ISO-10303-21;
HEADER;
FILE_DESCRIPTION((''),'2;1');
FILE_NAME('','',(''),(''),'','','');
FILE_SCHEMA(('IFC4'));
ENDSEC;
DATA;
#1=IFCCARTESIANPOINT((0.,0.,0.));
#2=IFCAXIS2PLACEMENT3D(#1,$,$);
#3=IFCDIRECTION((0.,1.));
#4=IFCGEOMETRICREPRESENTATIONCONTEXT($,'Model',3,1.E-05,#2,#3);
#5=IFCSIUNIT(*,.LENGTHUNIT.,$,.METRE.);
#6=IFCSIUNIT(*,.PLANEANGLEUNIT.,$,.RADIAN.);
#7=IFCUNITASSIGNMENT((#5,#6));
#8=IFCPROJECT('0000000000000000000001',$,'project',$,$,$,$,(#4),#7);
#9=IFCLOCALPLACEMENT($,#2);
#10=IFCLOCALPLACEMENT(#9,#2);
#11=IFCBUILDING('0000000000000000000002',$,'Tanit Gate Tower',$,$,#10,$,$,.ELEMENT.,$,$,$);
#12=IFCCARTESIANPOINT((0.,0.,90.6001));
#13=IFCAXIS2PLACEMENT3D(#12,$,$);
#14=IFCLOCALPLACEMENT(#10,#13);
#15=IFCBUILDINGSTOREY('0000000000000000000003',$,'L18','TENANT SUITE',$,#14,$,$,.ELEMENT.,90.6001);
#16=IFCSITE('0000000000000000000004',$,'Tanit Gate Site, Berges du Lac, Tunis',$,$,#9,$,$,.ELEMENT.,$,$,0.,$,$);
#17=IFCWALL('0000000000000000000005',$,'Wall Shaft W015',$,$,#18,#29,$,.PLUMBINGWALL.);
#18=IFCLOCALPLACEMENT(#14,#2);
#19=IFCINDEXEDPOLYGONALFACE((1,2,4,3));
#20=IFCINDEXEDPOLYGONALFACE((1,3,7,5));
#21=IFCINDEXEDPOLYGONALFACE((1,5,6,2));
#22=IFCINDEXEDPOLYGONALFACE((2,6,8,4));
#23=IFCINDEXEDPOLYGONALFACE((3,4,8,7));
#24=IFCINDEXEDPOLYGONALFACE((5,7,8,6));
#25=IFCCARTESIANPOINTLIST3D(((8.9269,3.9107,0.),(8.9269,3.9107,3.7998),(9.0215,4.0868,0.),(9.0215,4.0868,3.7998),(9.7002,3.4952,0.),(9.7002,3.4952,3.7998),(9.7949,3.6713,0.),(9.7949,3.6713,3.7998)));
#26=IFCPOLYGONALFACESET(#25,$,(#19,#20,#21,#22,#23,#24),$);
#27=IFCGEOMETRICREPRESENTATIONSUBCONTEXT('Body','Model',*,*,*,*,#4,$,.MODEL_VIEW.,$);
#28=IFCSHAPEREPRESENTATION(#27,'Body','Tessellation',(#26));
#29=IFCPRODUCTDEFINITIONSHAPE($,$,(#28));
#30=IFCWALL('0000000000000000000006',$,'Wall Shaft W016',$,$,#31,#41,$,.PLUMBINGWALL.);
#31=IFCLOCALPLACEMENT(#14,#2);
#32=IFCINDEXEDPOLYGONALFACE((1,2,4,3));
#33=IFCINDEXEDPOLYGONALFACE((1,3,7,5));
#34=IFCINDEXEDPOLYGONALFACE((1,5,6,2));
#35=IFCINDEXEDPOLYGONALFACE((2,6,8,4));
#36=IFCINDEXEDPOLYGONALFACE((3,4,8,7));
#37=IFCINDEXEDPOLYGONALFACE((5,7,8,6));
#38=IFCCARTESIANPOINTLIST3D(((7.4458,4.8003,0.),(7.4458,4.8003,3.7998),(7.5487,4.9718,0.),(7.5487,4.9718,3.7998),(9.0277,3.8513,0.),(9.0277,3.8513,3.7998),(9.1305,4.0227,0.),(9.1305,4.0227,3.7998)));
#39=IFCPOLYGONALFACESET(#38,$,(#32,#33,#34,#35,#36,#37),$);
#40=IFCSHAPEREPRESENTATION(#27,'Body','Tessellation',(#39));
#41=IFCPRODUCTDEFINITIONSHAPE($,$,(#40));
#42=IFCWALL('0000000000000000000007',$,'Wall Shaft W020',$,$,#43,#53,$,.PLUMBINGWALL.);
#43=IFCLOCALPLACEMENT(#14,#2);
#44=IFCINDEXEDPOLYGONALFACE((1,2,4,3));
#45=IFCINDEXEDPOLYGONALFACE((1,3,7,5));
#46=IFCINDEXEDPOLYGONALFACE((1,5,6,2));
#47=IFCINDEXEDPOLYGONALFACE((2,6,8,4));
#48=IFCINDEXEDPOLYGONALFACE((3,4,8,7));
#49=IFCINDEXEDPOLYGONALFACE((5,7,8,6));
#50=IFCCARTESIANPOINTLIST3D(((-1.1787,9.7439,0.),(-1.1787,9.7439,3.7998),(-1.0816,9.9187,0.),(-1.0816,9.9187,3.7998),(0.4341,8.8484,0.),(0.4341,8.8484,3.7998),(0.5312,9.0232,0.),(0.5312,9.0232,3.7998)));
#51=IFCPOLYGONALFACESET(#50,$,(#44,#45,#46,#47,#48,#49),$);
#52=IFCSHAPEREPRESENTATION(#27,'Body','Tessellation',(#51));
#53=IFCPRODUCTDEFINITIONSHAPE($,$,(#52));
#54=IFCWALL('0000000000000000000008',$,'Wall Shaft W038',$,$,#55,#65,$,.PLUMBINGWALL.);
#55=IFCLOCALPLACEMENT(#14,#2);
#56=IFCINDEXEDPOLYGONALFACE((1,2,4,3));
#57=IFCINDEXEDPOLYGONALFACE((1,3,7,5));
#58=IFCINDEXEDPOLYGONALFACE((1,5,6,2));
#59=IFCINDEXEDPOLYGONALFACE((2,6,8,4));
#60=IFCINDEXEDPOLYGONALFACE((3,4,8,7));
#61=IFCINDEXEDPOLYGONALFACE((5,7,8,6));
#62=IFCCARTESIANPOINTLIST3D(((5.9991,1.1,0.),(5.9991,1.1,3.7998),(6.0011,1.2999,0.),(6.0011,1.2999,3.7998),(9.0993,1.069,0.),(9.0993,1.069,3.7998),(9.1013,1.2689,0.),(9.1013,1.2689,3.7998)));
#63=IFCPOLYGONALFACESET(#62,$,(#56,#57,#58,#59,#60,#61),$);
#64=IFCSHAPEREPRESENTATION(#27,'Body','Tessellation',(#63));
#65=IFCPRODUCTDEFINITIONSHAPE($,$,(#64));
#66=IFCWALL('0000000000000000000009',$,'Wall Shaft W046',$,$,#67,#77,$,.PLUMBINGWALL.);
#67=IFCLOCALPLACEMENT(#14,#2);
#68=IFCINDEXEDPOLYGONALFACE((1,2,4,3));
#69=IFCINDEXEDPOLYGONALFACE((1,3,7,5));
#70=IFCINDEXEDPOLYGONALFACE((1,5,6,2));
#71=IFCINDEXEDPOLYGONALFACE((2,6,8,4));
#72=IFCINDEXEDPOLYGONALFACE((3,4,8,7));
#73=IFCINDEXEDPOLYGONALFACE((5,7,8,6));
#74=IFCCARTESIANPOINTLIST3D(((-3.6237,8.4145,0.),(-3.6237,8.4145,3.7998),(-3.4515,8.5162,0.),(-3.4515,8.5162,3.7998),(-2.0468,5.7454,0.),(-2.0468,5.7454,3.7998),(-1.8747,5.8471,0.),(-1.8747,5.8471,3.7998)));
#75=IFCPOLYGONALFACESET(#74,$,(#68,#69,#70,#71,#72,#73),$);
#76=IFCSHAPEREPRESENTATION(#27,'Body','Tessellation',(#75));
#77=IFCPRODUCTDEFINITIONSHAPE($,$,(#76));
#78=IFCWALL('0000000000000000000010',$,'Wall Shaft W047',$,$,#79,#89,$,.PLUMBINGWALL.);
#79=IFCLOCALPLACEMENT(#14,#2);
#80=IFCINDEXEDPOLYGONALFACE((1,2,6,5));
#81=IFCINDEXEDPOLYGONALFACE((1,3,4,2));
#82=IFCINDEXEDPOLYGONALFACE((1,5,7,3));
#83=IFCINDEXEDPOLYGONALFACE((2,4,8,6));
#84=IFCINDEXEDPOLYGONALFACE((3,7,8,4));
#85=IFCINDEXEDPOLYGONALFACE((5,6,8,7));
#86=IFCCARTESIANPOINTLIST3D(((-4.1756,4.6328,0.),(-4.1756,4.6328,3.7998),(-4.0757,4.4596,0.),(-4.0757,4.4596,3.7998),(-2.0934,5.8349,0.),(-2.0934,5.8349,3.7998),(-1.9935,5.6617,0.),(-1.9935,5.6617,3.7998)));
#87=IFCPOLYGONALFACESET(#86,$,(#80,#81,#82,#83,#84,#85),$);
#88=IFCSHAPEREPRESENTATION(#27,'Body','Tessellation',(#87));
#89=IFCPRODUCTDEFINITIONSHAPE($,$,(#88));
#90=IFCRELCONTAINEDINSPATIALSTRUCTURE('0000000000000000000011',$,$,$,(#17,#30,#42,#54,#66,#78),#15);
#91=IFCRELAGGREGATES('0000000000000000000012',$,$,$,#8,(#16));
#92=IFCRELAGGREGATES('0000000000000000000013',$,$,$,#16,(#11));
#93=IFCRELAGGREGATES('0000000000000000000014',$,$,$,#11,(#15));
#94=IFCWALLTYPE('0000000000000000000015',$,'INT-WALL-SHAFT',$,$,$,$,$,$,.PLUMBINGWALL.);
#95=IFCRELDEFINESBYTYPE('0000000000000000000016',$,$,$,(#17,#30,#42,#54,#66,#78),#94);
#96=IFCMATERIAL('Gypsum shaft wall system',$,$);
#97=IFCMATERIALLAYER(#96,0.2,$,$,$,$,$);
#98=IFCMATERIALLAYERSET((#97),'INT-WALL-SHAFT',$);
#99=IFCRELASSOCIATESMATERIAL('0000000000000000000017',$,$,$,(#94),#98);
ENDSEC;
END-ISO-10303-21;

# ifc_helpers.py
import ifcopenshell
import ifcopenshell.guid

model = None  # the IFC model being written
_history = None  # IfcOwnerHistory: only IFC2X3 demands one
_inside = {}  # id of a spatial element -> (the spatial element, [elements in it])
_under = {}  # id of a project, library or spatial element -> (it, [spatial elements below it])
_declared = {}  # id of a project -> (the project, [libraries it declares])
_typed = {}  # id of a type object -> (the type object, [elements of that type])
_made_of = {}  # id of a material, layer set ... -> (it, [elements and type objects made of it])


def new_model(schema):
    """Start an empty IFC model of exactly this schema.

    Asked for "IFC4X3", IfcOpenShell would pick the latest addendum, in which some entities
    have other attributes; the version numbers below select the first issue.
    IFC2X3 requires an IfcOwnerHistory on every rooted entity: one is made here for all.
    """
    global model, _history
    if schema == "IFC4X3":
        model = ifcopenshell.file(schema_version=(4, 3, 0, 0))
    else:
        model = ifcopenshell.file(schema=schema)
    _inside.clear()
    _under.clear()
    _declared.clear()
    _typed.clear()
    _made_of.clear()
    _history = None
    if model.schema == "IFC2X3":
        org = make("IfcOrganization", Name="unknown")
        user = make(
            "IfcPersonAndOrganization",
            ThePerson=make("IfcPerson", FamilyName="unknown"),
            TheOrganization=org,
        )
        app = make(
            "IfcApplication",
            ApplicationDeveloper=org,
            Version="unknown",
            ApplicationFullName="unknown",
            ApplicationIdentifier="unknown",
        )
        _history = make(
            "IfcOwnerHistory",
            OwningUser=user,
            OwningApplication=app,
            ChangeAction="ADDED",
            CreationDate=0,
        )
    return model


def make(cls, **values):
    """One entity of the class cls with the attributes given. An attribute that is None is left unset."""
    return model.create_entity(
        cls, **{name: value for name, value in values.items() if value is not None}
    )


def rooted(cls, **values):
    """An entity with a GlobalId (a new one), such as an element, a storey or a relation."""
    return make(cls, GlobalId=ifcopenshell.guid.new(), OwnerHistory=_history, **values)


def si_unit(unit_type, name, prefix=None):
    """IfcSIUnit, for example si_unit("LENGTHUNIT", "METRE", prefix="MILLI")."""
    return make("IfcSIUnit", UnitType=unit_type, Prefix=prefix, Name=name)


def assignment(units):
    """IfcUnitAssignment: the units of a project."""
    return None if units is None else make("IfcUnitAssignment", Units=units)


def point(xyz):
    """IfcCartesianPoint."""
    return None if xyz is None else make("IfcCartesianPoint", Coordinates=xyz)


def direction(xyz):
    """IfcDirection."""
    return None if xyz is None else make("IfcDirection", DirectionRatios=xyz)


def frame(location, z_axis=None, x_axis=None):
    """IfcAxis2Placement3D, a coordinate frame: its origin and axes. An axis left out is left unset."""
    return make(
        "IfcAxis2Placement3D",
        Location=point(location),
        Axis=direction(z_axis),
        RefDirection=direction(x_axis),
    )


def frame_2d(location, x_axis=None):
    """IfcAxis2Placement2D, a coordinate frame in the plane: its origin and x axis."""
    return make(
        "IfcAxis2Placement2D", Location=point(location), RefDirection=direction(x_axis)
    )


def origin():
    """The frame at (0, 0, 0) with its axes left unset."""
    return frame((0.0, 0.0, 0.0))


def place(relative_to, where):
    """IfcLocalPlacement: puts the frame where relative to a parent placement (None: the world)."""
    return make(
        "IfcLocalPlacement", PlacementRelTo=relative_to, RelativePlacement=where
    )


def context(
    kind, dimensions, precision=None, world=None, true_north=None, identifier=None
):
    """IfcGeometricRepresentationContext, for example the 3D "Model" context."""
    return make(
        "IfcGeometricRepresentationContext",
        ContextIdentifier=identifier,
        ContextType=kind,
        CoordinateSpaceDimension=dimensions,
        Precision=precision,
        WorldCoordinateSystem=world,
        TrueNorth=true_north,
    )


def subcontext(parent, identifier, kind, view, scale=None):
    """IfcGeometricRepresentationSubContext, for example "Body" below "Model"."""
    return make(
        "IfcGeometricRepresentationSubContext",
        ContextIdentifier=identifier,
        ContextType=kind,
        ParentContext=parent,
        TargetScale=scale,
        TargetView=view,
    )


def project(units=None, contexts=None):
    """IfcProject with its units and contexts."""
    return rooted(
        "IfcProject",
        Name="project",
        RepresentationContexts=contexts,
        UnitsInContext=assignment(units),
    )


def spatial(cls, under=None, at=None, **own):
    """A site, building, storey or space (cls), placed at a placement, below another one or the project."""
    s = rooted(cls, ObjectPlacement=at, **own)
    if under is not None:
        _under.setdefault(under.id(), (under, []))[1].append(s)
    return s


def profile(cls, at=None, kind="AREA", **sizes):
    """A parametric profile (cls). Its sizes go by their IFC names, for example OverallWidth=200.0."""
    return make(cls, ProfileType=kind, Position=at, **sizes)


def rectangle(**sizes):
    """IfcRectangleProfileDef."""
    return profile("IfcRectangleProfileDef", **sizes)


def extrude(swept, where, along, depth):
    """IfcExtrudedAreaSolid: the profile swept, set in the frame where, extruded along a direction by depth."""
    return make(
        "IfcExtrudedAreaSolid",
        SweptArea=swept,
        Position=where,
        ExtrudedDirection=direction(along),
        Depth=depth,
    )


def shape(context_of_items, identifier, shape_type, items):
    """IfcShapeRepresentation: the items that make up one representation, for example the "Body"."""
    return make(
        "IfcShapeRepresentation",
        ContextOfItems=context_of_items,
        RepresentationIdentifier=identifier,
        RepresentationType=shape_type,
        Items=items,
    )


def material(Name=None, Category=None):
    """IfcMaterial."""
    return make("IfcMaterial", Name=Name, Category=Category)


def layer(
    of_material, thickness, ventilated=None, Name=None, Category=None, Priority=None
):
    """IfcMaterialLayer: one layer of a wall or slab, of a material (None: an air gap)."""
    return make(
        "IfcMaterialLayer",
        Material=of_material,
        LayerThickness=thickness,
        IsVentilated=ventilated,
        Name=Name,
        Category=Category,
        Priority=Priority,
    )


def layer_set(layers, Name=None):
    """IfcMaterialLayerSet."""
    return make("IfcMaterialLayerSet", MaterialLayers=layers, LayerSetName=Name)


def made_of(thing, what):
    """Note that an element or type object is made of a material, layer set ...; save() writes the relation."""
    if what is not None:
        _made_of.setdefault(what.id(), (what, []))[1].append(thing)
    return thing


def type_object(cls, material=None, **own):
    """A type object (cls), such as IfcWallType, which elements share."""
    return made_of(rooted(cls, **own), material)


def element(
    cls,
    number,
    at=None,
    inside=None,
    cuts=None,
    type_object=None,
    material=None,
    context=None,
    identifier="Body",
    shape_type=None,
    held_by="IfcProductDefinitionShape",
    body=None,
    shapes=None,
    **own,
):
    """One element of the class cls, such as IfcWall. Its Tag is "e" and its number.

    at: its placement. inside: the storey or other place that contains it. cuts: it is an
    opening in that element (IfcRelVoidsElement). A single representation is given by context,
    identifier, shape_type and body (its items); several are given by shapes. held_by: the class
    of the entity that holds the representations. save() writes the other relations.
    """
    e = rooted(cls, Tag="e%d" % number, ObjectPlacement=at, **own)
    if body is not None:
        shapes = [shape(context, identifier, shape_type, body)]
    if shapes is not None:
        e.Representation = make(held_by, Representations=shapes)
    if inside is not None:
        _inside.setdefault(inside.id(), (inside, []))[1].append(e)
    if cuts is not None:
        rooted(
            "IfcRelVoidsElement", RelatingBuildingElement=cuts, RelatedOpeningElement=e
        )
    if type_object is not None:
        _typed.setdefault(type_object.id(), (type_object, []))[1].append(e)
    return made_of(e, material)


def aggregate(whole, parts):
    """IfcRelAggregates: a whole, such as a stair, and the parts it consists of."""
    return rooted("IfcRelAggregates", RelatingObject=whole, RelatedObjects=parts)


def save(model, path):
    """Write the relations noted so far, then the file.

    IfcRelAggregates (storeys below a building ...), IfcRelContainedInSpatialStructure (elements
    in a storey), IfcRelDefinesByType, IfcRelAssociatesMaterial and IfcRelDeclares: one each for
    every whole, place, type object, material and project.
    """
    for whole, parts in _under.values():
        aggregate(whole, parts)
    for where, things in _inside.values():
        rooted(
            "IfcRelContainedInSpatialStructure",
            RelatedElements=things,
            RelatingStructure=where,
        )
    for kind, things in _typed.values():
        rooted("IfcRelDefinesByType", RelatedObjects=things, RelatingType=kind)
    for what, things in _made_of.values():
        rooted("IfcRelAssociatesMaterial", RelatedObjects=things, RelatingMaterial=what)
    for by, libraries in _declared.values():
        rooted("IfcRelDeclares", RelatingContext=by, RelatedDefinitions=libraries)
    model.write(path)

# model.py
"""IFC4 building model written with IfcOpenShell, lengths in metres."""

from ifc_helpers import new_model, si_unit, direction, frame, frame_2d, origin, place, context, subcontext, project, spatial, rectangle, extrude, material, layer, layer_set, type_object, element, save


model = new_model("IFC4")

# Units and contexts
model_context = context("Model", 3, precision=1e-05, world=origin(), true_north=direction((0.0, 1.0)))
body_context = subcontext(model_context, "Body", "Model", "MODEL_VIEW")
ifc_project = project(units=[si_unit("LENGTHUNIT", "METRE"), si_unit("PLANEANGLEUNIT", "RADIAN")], contexts=[model_context])

# Site, building, storey
site_placement = place(None, origin())
site = spatial("IfcSite", under=ifc_project, at=site_placement, Name="Tanit Gate Site, Berges du Lac, Tunis", CompositionType="ELEMENT", RefElevation=0.0)
building_placement = place(site_placement, origin())
building = spatial("IfcBuilding", under=site, at=building_placement, Name="Tanit Gate Tower", CompositionType="ELEMENT")
storey_placement = place(building_placement, frame((0.0, 0.0, 90.6001)))
storey = spatial("IfcBuildingStorey", under=building, at=storey_placement, Name="L18", Description="TENANT SUITE", CompositionType="ELEMENT", Elevation=90.6001)

# Walls
ifc_material_1 = material(Name="Gypsum shaft wall system")
ifc_layer_1 = layer(ifc_material_1, 0.2)
ifc_layer_set_1 = layer_set([ifc_layer_1], Name="INT-WALL-SHAFT")
wall_type_1 = type_object("IfcWallType", Name="INT-WALL-SHAFT", PredefinedType="PLUMBINGWALL", material=ifc_layer_set_1)
wall_1_placement = place(storey_placement, frame((9.7476, 3.5833, 0.0), z_axis=(0.0, 0.0, 1.0), x_axis=(-0.880917, 0.473271, 0.0)))
element("IfcWall", 1, at=wall_1_placement, inside=storey, type_object=wall_type_1, Name="Wall Shaft W015", PredefinedType="PLUMBINGWALL", context=body_context, shape_type="SweptSolid", body=[
    extrude(rectangle(XDim=0.8779, YDim=0.2, at=frame_2d((0.439, 0.0))), origin(), (0.0, 0.0, 1.0), 3.7998),
])
for number, where, z_axis, x_axis, name in (
    (2, (9.0791, 3.937, 0.0), (0.0, 0.0, 1.0), (-0.857516, 0.514457, 0.0), "Wall Shaft W016"),
    (3, (0.4827, 8.9358, 0.0), (0.0, 0.0, 1.0), (-0.87427, 0.485441, 0.0), "Wall Shaft W020"),
):
    element("IfcWall", number, at=place(storey_placement, frame(where, z_axis=z_axis, x_axis=x_axis)), inside=storey, type_object=wall_type_1, Name=name, PredefinedType="PLUMBINGWALL", context=body_context, shape_type="SweptSolid", body=[
        extrude(rectangle(XDim=1.8447, YDim=0.2, at=frame_2d((0.9224, 0.0))), origin(), (0.0, 0.0, 1.0), 3.7998),
    ])

# Walls
wall_2_placement = place(storey_placement, frame((6.0, 1.2, 0.0), z_axis=(0.0, 0.0, 1.0), x_axis=(0.99995, -0.010001, 0.0)))
element("IfcWall", 4, at=wall_2_placement, inside=storey, type_object=wall_type_1, Name="Wall Shaft W038", PredefinedType="PLUMBINGWALL", context=body_context, shape_type="SweptSolid", body=[
    extrude(rectangle(XDim=3.1003, YDim=0.2, at=frame_2d((1.5503, 0.0))), origin(), (0.0, 0.0, 1.0), 3.7998),
])
wall_3_placement = place(storey_placement, frame((-3.5376, 8.4653, 0.0), z_axis=(0.0, 0.0, 1.0), x_axis=(0.508647, -0.860975, 0.0)))
element("IfcWall", 5, at=wall_3_placement, inside=storey, type_object=wall_type_1, Name="Wall Shaft W046", PredefinedType="PLUMBINGWALL", context=body_context, shape_type="SweptSolid", body=[
    extrude(rectangle(XDim=3.1001, YDim=0.2, at=frame_2d((1.55, 0.0))), origin(), (0.0, 0.0, 1.0), 3.7998),
])
wall_4_placement = place(storey_placement, frame((-2.0435, 5.7483, 0.0), z_axis=(0.0, 0.0, 1.0), x_axis=(-0.866035, -0.499983, 0.0)))
element("IfcWall", 6, at=wall_4_placement, inside=storey, type_object=wall_type_1, Name="Wall Shaft W047", PredefinedType="PLUMBINGWALL", context=body_context, shape_type="SweptSolid", body=[
    extrude(rectangle(XDim=2.4043, YDim=0.2, at=frame_2d((1.2021, 0.0))), origin(), (0.0, 0.0, 1.0), 3.7998),
])

save(model, "model.ifc")
